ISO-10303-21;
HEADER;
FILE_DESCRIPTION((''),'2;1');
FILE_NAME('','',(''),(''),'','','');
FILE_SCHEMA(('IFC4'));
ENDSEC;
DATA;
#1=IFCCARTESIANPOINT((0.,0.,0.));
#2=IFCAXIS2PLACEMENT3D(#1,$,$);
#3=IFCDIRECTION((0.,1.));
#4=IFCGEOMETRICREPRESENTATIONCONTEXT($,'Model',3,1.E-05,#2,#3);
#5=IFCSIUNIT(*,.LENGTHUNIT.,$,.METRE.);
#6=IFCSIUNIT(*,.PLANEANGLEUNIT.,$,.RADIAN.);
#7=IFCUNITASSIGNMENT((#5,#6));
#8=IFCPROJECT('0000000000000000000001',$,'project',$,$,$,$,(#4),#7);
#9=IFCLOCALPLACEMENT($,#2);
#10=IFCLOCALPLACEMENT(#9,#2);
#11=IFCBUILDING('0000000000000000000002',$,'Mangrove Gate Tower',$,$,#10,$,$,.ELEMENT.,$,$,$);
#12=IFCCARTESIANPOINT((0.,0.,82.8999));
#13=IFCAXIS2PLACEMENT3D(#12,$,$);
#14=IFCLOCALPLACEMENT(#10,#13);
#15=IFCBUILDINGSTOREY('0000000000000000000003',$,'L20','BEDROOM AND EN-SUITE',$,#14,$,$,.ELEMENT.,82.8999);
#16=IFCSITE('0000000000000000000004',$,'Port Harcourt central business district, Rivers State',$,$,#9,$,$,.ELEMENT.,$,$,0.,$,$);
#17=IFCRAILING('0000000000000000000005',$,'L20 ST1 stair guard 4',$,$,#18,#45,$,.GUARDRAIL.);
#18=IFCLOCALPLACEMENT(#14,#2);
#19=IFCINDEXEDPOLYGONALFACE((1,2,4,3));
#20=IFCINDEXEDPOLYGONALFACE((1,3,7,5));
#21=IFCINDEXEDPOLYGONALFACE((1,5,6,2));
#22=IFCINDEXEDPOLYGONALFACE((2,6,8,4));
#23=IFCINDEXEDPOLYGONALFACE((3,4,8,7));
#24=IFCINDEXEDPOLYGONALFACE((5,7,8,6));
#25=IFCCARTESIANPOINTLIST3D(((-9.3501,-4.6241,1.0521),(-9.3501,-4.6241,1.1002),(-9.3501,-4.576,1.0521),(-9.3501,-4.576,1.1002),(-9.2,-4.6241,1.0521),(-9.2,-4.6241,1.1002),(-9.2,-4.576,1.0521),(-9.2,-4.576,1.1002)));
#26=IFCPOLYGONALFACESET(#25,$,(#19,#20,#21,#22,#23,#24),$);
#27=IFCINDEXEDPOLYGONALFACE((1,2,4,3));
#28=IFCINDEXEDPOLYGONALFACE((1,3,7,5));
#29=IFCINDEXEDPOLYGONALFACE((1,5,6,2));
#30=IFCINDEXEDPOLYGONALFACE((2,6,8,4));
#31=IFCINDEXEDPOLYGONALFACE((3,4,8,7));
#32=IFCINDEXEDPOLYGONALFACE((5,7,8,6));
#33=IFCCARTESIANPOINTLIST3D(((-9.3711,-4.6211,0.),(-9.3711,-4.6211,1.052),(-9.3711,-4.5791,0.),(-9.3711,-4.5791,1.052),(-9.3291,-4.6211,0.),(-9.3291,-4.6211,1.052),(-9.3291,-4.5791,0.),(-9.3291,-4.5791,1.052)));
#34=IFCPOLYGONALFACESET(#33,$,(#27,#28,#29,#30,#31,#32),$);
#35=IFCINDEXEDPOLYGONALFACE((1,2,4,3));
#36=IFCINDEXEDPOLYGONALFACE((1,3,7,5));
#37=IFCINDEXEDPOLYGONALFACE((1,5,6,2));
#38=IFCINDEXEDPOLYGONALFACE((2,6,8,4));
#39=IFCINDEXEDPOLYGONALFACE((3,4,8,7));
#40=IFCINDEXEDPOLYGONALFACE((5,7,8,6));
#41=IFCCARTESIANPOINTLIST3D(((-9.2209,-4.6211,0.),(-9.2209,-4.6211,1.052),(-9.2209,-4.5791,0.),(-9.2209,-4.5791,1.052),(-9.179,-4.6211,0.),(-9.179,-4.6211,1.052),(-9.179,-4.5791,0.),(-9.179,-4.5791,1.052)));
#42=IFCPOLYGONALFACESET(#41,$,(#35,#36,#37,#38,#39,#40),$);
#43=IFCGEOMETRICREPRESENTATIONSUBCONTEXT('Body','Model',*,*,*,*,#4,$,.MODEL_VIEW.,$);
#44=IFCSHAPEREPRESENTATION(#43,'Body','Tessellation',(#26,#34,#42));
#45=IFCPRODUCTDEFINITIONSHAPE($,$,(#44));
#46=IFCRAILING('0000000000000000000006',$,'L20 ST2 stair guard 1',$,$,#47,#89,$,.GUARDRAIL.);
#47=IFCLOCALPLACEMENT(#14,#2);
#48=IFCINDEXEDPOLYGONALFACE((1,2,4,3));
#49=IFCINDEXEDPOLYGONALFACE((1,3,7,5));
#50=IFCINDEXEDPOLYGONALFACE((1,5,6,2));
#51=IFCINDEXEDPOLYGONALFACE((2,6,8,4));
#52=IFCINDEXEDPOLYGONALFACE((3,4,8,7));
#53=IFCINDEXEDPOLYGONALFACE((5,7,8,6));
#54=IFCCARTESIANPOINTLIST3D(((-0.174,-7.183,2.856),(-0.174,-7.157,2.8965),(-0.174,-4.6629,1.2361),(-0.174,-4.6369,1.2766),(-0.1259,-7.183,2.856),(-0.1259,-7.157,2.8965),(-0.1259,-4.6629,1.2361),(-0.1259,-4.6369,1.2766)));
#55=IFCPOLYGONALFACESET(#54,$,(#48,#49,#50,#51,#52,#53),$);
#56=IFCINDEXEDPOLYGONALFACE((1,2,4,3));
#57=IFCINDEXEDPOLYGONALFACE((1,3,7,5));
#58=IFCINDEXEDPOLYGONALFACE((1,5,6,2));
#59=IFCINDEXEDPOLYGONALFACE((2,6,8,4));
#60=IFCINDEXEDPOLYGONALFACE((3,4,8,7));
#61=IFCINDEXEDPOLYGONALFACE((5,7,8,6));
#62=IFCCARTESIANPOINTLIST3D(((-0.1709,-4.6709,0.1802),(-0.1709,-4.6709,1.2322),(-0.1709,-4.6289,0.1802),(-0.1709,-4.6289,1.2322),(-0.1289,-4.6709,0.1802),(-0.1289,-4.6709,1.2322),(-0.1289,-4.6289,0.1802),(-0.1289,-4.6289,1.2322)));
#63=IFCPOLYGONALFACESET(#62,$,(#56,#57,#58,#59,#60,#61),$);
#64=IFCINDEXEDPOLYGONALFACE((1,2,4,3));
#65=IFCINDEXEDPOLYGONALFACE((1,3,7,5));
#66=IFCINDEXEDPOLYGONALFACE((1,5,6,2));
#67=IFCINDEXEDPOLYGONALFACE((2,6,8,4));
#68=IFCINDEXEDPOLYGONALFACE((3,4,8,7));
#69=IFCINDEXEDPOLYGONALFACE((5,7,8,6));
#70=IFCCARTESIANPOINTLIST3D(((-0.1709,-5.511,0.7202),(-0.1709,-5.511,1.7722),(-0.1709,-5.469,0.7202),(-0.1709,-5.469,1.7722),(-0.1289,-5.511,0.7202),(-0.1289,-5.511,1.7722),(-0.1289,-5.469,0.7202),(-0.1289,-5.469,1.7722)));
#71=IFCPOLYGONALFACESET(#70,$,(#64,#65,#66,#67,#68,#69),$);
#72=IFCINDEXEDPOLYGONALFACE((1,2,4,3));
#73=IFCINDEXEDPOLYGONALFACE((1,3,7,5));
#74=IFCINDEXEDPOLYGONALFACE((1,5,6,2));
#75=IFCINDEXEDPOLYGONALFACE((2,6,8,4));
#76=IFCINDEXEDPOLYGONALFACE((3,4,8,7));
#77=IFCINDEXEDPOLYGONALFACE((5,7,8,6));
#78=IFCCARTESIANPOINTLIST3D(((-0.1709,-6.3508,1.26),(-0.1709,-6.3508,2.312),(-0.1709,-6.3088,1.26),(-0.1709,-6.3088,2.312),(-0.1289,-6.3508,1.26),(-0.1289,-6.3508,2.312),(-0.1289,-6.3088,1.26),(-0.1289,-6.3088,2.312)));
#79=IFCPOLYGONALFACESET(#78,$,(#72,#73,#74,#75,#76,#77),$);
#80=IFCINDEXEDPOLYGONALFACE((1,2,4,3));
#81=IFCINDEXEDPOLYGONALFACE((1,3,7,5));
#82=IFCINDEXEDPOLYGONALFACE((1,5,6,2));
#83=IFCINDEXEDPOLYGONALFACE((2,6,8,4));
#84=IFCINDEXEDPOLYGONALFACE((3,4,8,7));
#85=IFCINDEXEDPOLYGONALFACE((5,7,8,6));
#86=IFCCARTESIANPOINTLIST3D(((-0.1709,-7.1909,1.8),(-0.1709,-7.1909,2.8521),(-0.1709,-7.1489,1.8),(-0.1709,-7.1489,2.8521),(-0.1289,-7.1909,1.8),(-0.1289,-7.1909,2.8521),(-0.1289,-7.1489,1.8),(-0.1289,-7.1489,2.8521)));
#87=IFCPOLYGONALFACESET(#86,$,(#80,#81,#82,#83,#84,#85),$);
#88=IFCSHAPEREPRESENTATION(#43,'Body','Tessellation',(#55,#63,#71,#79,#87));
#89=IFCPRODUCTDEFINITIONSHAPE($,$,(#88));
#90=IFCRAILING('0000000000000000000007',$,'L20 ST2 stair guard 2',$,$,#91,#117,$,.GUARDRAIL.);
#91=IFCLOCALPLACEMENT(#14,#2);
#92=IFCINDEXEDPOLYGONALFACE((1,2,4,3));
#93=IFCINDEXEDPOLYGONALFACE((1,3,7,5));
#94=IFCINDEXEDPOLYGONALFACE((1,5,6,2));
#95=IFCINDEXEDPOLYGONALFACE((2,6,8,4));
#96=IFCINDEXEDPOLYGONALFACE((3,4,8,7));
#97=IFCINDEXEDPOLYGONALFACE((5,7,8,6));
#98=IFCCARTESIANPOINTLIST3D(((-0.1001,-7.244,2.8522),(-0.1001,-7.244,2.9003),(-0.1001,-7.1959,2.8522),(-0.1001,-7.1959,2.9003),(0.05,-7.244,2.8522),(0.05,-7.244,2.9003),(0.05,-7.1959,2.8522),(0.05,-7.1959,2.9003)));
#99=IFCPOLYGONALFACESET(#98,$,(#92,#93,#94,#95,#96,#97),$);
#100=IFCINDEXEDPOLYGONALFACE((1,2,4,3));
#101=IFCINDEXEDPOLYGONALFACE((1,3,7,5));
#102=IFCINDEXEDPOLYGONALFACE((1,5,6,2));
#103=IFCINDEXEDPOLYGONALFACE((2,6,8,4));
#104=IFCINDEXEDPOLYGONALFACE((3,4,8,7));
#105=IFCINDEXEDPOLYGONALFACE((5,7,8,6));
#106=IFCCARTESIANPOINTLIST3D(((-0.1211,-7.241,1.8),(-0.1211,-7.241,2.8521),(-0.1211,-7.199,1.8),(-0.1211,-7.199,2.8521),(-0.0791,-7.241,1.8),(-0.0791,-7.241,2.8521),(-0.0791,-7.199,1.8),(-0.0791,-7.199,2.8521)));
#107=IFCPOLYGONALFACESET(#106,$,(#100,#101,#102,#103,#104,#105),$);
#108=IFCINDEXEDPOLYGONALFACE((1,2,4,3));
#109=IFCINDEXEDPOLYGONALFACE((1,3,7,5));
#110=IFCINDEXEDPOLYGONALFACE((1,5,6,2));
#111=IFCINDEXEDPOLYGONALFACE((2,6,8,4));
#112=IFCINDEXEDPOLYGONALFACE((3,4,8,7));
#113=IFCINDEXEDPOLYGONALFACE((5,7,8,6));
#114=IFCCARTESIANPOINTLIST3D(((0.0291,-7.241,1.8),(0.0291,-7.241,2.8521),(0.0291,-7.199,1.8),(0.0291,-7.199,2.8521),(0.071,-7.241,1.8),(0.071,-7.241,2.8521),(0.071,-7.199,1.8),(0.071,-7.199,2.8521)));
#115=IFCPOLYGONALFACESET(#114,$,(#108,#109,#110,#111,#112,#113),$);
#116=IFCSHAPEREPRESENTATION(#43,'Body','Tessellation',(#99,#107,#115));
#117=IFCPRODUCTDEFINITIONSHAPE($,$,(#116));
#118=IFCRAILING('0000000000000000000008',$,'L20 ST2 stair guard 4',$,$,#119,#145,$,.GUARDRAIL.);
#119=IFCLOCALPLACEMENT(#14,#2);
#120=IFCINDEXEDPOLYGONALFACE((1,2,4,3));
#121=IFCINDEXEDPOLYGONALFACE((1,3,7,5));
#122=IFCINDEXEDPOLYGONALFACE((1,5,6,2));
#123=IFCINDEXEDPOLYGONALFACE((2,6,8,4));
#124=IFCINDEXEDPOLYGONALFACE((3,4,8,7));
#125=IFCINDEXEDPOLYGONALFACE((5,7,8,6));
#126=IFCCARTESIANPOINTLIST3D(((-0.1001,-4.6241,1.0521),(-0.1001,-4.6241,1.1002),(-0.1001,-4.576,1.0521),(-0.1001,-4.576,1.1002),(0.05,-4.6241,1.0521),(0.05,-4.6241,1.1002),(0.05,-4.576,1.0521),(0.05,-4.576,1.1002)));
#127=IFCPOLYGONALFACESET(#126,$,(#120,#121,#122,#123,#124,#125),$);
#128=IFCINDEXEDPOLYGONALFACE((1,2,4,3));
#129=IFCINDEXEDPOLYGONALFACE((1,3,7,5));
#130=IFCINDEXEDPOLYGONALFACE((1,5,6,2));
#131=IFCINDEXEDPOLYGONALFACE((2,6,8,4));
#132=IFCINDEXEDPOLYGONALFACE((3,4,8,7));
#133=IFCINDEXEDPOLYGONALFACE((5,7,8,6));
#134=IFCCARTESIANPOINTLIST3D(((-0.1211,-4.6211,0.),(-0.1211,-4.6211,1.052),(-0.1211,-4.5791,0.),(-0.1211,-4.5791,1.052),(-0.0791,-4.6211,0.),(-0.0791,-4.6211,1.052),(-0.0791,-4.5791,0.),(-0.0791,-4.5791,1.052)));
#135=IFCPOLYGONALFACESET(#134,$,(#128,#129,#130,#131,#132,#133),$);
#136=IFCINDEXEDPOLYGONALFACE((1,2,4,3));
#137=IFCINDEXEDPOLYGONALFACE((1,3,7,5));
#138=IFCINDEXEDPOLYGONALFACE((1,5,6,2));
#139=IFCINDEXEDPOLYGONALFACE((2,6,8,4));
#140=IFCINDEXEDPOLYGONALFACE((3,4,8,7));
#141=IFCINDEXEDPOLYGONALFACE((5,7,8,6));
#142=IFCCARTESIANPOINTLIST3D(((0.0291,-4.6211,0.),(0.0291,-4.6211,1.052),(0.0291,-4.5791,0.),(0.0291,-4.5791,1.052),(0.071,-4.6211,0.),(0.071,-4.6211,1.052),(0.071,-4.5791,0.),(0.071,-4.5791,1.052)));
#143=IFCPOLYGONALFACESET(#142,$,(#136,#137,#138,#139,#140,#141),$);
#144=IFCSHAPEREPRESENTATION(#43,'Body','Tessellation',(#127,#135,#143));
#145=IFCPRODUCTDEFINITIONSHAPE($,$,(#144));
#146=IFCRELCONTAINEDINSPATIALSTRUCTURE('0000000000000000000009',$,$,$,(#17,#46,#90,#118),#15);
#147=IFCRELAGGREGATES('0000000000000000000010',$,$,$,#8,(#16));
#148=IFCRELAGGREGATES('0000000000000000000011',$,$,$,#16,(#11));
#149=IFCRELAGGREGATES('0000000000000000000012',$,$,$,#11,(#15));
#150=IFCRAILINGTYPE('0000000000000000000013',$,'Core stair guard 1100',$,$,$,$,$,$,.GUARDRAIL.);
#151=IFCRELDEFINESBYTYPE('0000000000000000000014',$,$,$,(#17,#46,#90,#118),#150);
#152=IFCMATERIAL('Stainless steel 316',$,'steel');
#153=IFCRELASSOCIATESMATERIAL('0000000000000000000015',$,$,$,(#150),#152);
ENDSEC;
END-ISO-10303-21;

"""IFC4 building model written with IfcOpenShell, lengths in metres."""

from ifc_helpers import new_model, si_unit, direction, frame, origin, origin_2d, place, context, subcontext, project, spatial, rectangle, extrude, material, type_object, element, save


model = new_model("IFC4")

# Units and contexts
model_context = context("Model", 3, precision=1e-05, world=origin(), true_north=direction((0.0, 1.0)))
body_context = subcontext(model_context, "Body", "Model", "MODEL_VIEW")
ifc_project = project(units=[si_unit("LENGTHUNIT", "METRE"), si_unit("PLANEANGLEUNIT", "RADIAN")], contexts=[model_context])

# Site, building, storey
site_placement = place(None, origin())
site = spatial("IfcSite", under=ifc_project, at=site_placement, Name="Port Harcourt central business district, Rivers State", CompositionType="ELEMENT", RefElevation=0.0)
building_placement = place(site_placement, origin())
building = spatial("IfcBuilding", under=site, at=building_placement, Name="Mangrove Gate Tower", CompositionType="ELEMENT")
storey_placement = place(building_placement, frame((0.0, 0.0, 82.8999)))
storey = spatial("IfcBuildingStorey", under=building, at=storey_placement, Name="L20", Description="BEDROOM AND EN-SUITE", CompositionType="ELEMENT", Elevation=82.8999)

# Railings
ifc_material_1 = material(Name="Stainless steel 316", Category="steel")
railing_type_1 = type_object("IfcRailingType", Name="Core stair guard 1100", PredefinedType="GUARDRAIL", material=ifc_material_1)
railing_1_placement = place(storey_placement, frame((-9.3501, -4.6001, 0.0)))
element("IfcRailing", 1, at=railing_1_placement, inside=storey, type_object=railing_type_1, Name="L20 ST1 stair guard 4", PredefinedType="GUARDRAIL", context=body_context, shape_type="SweptSolid", body=[
    extrude(rectangle(XDim=0.0481, YDim=0.0481, at=origin_2d()), frame((0.0, 0.0, 1.0762), z_axis=(1.0, 0.0, 0.0), x_axis=(0.0, 1.0, 0.0)), (0.0, 0.0, 1.0), 0.1501),
    extrude(rectangle(XDim=0.042, YDim=0.042, at=origin_2d()), origin(), (0.0, 0.0, 1.0), 1.052),
    extrude(rectangle(XDim=0.042, YDim=0.042, at=origin_2d()), frame((0.1501, 0.0, 0.0)), (0.0, 0.0, 1.0), 1.052),
])
railing_2_placement = place(storey_placement, frame((-0.1499, -4.6499, 0.1802)))
element("IfcRailing", 2, at=railing_2_placement, inside=storey, type_object=railing_type_1, Name="L20 ST2 stair guard 1", PredefinedType="GUARDRAIL", context=body_context, shape_type="SweptSolid", body=[
    extrude(rectangle(XDim=0.0481, YDim=0.0481, at=origin_2d()), frame((0.0, 0.0, 1.0762), z_axis=(0.0, -0.8412, 0.540725), x_axis=(1.0, 0.0, 0.0)), (0.0, 0.0, 1.0), 2.9958),
    extrude(rectangle(XDim=0.042, YDim=0.042, at=origin_2d()), origin(), (0.0, 0.0, 1.0), 1.052),
    extrude(rectangle(XDim=0.042, YDim=0.042, at=origin_2d()), frame((0.0, -0.8401, 0.54)), (0.0, 0.0, 1.0), 1.052),
    extrude(rectangle(XDim=0.042, YDim=0.042, at=origin_2d()), frame((0.0, -1.6799, 1.0798)), (0.0, 0.0, 1.0), 1.052),
    extrude(rectangle(XDim=0.042, YDim=0.042, at=origin_2d()), frame((0.0, -2.52, 1.6199)), (0.0, 0.0, 1.0), 1.052),
])
for number, where, name in (
    (3, (-0.1001, -7.22, 1.8), "L20 ST2 stair guard 2"),
    (4, (-0.1001, -4.6001, 0.0), "L20 ST2 stair guard 4"),
):
    element("IfcRailing", number, at=place(storey_placement, frame(where)), inside=storey, type_object=railing_type_1, Name=name, PredefinedType="GUARDRAIL", context=body_context, shape_type="SweptSolid", body=[
        extrude(rectangle(XDim=0.0481, YDim=0.0481, at=origin_2d()), frame((0.0, 0.0, 1.0762), z_axis=(1.0, 0.0, 0.0), x_axis=(0.0, 1.0, 0.0)), (0.0, 0.0, 1.0), 0.1501),
        extrude(rectangle(XDim=0.042, YDim=0.042, at=origin_2d()), origin(), (0.0, 0.0, 1.0), 1.052),
        extrude(rectangle(XDim=0.042, YDim=0.042, at=origin_2d()), frame((0.1501, 0.0, 0.0)), (0.0, 0.0, 1.0), 1.052),
    ])

save(model, "model.ifc")
